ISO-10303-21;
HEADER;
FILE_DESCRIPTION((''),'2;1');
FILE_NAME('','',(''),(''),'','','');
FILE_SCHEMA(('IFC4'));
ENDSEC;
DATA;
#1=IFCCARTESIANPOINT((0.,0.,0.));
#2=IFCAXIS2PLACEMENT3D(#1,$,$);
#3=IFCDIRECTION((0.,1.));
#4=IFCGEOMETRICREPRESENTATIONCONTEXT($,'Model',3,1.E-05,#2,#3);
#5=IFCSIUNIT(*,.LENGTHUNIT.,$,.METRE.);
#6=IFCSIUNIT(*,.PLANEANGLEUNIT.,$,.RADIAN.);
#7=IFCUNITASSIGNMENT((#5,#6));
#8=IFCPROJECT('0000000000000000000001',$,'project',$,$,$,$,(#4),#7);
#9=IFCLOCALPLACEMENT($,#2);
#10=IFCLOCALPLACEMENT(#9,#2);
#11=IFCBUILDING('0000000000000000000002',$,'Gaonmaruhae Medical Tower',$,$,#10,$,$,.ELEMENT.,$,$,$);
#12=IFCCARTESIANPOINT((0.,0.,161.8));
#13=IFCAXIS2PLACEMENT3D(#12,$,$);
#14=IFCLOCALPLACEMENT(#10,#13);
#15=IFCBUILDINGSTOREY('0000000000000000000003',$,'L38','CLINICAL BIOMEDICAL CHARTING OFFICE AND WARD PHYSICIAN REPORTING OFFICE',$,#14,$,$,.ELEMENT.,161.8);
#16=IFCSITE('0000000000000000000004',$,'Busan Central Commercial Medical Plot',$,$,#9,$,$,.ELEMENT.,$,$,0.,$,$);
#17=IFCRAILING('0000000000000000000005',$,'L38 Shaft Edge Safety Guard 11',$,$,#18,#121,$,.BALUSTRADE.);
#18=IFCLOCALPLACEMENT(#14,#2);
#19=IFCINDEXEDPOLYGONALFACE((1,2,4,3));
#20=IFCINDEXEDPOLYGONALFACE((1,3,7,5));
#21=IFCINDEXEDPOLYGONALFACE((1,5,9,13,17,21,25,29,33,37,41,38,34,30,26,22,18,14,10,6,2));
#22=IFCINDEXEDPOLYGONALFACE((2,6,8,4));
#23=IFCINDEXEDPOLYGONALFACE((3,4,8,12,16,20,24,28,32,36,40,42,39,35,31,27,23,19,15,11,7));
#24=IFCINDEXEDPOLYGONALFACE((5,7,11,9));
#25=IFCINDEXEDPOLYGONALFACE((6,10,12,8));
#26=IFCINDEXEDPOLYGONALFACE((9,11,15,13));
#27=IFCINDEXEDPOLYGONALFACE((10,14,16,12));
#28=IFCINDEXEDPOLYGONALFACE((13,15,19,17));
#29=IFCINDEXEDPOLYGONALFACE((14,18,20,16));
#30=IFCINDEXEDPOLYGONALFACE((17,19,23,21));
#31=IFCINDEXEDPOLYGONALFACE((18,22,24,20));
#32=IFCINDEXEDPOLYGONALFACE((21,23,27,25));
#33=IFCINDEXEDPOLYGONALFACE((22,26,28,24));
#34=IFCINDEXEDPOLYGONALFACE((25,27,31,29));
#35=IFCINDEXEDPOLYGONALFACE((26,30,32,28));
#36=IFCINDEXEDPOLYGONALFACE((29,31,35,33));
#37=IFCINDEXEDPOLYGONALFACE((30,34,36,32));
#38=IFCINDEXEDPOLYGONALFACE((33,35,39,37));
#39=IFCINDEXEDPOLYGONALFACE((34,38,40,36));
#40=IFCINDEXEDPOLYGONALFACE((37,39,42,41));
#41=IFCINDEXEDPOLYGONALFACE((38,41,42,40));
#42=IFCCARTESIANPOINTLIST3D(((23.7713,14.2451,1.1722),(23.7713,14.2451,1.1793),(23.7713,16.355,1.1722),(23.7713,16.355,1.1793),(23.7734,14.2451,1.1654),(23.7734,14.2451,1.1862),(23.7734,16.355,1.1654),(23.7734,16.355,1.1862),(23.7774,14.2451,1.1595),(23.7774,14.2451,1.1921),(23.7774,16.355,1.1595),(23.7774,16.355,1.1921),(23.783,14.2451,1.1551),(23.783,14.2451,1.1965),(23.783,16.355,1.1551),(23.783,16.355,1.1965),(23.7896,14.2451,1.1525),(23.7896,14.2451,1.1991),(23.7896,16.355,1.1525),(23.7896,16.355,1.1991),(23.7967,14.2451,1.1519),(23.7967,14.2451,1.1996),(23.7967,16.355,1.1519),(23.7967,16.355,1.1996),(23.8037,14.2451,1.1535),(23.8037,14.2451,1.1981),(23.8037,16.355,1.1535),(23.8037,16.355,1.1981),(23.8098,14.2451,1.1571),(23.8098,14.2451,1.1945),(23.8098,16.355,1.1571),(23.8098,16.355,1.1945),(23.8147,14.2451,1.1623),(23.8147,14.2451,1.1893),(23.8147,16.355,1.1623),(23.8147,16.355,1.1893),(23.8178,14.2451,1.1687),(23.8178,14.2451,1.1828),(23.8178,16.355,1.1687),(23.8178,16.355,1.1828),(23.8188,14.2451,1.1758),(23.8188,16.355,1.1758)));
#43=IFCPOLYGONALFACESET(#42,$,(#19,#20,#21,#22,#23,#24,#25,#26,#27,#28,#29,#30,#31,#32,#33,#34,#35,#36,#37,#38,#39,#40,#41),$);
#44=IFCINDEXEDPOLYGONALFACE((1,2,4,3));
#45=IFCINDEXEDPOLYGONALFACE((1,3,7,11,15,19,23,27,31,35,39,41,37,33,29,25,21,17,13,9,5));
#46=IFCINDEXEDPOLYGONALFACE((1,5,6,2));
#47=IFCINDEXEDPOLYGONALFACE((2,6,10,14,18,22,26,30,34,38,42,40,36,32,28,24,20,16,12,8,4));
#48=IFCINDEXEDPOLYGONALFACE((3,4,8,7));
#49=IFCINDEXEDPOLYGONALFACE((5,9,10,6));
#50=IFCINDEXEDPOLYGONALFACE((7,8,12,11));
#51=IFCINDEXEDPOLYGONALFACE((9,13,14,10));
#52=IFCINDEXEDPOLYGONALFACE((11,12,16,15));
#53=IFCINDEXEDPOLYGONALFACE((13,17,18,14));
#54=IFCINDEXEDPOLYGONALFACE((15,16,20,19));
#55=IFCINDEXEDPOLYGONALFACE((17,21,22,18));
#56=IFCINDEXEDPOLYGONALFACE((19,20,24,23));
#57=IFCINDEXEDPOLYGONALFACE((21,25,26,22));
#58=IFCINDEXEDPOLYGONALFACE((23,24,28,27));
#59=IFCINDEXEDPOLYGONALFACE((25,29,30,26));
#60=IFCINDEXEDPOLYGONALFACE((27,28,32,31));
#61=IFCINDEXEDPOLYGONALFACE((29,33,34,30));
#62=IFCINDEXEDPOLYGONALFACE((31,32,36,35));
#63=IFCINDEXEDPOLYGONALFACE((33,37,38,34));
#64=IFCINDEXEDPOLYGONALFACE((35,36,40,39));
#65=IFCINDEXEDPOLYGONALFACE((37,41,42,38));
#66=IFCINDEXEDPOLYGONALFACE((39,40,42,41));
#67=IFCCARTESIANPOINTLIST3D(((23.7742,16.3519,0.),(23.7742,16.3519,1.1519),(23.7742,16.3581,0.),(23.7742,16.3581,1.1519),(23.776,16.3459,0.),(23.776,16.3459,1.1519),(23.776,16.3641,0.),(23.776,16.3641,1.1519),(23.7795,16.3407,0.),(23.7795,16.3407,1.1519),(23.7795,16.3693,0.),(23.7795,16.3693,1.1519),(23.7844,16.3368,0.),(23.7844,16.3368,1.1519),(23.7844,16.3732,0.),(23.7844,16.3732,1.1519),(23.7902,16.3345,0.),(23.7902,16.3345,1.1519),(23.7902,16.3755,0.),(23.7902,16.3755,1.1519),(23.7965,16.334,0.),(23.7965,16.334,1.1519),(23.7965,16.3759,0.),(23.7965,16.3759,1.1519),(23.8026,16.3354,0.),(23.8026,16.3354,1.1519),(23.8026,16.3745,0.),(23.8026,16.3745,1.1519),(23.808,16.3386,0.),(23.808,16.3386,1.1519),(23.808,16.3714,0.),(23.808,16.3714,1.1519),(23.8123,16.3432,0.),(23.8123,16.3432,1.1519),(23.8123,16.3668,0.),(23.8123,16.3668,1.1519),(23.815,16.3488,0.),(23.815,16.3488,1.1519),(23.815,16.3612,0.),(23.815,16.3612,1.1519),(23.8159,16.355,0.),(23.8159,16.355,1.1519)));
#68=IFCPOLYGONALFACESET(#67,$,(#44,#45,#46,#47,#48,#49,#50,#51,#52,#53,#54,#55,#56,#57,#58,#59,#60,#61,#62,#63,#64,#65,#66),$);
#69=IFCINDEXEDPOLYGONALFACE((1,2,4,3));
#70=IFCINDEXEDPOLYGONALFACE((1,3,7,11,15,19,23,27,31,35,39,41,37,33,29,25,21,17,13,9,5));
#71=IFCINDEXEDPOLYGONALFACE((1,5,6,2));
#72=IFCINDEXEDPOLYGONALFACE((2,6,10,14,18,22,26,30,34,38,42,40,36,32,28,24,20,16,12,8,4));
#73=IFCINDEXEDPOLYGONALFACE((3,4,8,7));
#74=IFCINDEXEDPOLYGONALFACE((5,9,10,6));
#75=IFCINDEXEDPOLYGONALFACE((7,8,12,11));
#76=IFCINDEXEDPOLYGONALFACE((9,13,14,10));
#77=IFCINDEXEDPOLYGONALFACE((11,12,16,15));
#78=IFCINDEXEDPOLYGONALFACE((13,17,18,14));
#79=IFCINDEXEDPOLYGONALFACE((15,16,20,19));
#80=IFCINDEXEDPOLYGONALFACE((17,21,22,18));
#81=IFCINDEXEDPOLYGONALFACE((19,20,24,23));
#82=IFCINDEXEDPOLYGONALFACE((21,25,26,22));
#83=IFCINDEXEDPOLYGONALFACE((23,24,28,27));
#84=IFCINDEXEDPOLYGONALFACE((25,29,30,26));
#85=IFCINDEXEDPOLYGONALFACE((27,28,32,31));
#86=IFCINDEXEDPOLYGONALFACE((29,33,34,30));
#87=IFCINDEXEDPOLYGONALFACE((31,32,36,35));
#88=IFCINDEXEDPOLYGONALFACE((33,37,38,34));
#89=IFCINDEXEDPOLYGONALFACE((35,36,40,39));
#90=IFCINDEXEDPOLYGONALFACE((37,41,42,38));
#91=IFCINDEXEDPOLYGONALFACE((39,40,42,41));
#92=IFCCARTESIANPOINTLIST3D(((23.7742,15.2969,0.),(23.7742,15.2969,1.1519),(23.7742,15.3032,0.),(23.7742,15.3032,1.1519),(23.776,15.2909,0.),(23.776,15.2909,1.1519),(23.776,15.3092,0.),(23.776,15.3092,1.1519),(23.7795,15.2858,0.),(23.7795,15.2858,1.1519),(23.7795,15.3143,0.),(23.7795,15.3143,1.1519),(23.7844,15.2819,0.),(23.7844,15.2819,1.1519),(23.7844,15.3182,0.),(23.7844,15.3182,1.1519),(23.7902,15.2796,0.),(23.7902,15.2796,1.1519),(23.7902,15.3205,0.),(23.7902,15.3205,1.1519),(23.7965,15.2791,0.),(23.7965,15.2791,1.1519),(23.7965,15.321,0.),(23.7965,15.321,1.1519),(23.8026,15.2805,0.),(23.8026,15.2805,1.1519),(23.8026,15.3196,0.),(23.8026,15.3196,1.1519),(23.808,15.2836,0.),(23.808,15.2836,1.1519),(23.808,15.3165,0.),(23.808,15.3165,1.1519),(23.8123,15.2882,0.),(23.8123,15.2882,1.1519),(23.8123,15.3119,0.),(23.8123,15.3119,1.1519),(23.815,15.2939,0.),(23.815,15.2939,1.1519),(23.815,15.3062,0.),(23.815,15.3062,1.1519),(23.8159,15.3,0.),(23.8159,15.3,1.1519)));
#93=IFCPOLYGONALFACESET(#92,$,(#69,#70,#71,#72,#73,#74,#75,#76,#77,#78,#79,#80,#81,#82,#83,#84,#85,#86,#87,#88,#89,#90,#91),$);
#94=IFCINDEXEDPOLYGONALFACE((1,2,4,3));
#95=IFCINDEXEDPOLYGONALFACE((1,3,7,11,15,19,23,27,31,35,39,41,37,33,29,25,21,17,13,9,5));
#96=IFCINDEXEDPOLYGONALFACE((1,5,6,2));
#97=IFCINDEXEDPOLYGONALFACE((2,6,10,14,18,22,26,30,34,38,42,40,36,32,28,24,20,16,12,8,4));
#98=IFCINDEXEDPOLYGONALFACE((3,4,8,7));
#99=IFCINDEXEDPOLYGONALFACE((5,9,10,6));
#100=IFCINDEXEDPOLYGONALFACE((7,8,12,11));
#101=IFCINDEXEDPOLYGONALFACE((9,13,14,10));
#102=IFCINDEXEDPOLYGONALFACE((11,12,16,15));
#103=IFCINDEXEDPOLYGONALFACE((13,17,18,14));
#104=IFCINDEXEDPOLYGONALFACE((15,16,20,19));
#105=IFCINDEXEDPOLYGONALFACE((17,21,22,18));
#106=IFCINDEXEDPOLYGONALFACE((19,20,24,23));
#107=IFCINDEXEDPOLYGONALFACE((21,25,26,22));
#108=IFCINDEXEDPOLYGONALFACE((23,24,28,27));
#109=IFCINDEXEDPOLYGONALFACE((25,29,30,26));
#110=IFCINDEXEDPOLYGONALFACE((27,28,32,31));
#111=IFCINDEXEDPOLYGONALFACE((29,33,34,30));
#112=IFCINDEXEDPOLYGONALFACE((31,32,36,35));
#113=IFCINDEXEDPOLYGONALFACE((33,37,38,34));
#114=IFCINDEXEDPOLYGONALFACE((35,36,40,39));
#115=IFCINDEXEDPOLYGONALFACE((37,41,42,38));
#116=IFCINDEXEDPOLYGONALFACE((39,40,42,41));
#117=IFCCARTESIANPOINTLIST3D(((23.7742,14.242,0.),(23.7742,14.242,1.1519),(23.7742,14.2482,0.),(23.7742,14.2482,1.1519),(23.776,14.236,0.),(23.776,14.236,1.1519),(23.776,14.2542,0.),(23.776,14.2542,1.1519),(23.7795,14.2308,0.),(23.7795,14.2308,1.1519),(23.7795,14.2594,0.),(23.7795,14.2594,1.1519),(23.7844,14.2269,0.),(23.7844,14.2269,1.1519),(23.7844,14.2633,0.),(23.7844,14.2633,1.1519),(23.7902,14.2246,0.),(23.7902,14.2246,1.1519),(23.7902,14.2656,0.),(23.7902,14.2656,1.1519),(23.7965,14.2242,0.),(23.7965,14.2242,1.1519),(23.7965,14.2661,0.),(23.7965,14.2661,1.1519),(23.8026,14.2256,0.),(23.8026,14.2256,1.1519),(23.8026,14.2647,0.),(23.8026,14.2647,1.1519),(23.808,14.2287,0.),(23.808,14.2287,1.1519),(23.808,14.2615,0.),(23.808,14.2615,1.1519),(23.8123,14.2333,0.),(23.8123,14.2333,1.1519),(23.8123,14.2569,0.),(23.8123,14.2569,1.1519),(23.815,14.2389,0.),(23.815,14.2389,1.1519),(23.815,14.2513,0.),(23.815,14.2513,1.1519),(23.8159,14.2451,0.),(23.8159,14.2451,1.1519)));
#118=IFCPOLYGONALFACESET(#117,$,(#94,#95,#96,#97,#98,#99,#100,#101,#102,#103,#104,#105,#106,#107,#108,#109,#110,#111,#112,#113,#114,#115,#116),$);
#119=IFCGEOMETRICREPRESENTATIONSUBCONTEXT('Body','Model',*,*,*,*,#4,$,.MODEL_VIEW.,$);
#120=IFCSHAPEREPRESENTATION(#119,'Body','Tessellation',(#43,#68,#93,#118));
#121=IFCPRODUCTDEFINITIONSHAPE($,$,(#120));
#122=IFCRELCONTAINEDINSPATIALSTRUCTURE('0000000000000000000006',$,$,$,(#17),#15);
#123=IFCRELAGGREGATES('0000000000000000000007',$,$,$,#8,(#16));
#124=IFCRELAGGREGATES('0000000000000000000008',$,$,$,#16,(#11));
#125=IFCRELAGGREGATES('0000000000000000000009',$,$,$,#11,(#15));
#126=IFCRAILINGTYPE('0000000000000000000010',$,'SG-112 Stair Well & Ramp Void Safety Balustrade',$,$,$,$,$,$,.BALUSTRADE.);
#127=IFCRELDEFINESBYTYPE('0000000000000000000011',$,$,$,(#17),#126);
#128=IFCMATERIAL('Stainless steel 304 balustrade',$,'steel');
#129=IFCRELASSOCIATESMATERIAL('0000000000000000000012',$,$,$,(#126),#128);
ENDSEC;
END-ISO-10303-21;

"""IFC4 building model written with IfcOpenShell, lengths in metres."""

from ifc_helpers import new_model, si_unit, direction, frame, origin, origin_2d, place, context, subcontext, project, spatial, circle, extrude, material, type_object, element, save


model = new_model("IFC4")

# Units and contexts
model_context = context("Model", 3, precision=1e-05, world=origin(), true_north=direction((0.0, 1.0)))
body_context = subcontext(model_context, "Body", "Model", "MODEL_VIEW")
ifc_project = project(units=[si_unit("LENGTHUNIT", "METRE"), si_unit("PLANEANGLEUNIT", "RADIAN")], contexts=[model_context])

# Site, building, storey
site_placement = place(None, origin())
site = spatial("IfcSite", under=ifc_project, at=site_placement, Name="Busan Central Commercial Medical Plot", CompositionType="ELEMENT", RefElevation=0.0)
building_placement = place(site_placement, origin())
building = spatial("IfcBuilding", under=site, at=building_placement, Name="Gaonmaruhae Medical Tower", CompositionType="ELEMENT")
storey_placement = place(building_placement, frame((0.0, 0.0, 161.8)))
storey = spatial("IfcBuildingStorey", under=building, at=storey_placement, Name="L38", Description="CLINICAL BIOMEDICAL CHARTING OFFICE AND WARD PHYSICIAN REPORTING OFFICE", CompositionType="ELEMENT", Elevation=161.8)

# Railing
ifc_material_1 = material(Name="Stainless steel 304 balustrade", Category="steel")
railing_type = type_object("IfcRailingType", Name="SG-112 Stair Well & Ramp Void Safety Balustrade", PredefinedType="BALUSTRADE", material=ifc_material_1)
railing_1_placement = place(storey_placement, frame((23.7949, 16.355, 0.0)))
element("IfcRailing", 1, at=railing_1_placement, inside=storey, type_object=railing_type, Name="L38 Shaft Edge Safety Guard 11", PredefinedType="BALUSTRADE", context=body_context, shape_type="SweptSolid", body=[
    extrude(circle(Radius=0.0239, at=origin_2d()), frame((0.0, 0.0, 1.1758), z_axis=(0.0, -1.0, 0.0), x_axis=(1.0, 0.0, 0.0)), (0.0, 0.0, 1.0), 2.1099),
    extrude(circle(Radius=0.021, at=origin_2d()), origin(), (0.0, 0.0, 1.0), 1.1519),
    extrude(circle(Radius=0.021, at=origin_2d()), frame((0.0, -1.0549, 0.0)), (0.0, 0.0, 1.0), 1.1519),
    extrude(circle(Radius=0.021, at=origin_2d()), frame((0.0, -2.1099, 0.0)), (0.0, 0.0, 1.0), 1.1519),
])

save(model, "model.ifc")
